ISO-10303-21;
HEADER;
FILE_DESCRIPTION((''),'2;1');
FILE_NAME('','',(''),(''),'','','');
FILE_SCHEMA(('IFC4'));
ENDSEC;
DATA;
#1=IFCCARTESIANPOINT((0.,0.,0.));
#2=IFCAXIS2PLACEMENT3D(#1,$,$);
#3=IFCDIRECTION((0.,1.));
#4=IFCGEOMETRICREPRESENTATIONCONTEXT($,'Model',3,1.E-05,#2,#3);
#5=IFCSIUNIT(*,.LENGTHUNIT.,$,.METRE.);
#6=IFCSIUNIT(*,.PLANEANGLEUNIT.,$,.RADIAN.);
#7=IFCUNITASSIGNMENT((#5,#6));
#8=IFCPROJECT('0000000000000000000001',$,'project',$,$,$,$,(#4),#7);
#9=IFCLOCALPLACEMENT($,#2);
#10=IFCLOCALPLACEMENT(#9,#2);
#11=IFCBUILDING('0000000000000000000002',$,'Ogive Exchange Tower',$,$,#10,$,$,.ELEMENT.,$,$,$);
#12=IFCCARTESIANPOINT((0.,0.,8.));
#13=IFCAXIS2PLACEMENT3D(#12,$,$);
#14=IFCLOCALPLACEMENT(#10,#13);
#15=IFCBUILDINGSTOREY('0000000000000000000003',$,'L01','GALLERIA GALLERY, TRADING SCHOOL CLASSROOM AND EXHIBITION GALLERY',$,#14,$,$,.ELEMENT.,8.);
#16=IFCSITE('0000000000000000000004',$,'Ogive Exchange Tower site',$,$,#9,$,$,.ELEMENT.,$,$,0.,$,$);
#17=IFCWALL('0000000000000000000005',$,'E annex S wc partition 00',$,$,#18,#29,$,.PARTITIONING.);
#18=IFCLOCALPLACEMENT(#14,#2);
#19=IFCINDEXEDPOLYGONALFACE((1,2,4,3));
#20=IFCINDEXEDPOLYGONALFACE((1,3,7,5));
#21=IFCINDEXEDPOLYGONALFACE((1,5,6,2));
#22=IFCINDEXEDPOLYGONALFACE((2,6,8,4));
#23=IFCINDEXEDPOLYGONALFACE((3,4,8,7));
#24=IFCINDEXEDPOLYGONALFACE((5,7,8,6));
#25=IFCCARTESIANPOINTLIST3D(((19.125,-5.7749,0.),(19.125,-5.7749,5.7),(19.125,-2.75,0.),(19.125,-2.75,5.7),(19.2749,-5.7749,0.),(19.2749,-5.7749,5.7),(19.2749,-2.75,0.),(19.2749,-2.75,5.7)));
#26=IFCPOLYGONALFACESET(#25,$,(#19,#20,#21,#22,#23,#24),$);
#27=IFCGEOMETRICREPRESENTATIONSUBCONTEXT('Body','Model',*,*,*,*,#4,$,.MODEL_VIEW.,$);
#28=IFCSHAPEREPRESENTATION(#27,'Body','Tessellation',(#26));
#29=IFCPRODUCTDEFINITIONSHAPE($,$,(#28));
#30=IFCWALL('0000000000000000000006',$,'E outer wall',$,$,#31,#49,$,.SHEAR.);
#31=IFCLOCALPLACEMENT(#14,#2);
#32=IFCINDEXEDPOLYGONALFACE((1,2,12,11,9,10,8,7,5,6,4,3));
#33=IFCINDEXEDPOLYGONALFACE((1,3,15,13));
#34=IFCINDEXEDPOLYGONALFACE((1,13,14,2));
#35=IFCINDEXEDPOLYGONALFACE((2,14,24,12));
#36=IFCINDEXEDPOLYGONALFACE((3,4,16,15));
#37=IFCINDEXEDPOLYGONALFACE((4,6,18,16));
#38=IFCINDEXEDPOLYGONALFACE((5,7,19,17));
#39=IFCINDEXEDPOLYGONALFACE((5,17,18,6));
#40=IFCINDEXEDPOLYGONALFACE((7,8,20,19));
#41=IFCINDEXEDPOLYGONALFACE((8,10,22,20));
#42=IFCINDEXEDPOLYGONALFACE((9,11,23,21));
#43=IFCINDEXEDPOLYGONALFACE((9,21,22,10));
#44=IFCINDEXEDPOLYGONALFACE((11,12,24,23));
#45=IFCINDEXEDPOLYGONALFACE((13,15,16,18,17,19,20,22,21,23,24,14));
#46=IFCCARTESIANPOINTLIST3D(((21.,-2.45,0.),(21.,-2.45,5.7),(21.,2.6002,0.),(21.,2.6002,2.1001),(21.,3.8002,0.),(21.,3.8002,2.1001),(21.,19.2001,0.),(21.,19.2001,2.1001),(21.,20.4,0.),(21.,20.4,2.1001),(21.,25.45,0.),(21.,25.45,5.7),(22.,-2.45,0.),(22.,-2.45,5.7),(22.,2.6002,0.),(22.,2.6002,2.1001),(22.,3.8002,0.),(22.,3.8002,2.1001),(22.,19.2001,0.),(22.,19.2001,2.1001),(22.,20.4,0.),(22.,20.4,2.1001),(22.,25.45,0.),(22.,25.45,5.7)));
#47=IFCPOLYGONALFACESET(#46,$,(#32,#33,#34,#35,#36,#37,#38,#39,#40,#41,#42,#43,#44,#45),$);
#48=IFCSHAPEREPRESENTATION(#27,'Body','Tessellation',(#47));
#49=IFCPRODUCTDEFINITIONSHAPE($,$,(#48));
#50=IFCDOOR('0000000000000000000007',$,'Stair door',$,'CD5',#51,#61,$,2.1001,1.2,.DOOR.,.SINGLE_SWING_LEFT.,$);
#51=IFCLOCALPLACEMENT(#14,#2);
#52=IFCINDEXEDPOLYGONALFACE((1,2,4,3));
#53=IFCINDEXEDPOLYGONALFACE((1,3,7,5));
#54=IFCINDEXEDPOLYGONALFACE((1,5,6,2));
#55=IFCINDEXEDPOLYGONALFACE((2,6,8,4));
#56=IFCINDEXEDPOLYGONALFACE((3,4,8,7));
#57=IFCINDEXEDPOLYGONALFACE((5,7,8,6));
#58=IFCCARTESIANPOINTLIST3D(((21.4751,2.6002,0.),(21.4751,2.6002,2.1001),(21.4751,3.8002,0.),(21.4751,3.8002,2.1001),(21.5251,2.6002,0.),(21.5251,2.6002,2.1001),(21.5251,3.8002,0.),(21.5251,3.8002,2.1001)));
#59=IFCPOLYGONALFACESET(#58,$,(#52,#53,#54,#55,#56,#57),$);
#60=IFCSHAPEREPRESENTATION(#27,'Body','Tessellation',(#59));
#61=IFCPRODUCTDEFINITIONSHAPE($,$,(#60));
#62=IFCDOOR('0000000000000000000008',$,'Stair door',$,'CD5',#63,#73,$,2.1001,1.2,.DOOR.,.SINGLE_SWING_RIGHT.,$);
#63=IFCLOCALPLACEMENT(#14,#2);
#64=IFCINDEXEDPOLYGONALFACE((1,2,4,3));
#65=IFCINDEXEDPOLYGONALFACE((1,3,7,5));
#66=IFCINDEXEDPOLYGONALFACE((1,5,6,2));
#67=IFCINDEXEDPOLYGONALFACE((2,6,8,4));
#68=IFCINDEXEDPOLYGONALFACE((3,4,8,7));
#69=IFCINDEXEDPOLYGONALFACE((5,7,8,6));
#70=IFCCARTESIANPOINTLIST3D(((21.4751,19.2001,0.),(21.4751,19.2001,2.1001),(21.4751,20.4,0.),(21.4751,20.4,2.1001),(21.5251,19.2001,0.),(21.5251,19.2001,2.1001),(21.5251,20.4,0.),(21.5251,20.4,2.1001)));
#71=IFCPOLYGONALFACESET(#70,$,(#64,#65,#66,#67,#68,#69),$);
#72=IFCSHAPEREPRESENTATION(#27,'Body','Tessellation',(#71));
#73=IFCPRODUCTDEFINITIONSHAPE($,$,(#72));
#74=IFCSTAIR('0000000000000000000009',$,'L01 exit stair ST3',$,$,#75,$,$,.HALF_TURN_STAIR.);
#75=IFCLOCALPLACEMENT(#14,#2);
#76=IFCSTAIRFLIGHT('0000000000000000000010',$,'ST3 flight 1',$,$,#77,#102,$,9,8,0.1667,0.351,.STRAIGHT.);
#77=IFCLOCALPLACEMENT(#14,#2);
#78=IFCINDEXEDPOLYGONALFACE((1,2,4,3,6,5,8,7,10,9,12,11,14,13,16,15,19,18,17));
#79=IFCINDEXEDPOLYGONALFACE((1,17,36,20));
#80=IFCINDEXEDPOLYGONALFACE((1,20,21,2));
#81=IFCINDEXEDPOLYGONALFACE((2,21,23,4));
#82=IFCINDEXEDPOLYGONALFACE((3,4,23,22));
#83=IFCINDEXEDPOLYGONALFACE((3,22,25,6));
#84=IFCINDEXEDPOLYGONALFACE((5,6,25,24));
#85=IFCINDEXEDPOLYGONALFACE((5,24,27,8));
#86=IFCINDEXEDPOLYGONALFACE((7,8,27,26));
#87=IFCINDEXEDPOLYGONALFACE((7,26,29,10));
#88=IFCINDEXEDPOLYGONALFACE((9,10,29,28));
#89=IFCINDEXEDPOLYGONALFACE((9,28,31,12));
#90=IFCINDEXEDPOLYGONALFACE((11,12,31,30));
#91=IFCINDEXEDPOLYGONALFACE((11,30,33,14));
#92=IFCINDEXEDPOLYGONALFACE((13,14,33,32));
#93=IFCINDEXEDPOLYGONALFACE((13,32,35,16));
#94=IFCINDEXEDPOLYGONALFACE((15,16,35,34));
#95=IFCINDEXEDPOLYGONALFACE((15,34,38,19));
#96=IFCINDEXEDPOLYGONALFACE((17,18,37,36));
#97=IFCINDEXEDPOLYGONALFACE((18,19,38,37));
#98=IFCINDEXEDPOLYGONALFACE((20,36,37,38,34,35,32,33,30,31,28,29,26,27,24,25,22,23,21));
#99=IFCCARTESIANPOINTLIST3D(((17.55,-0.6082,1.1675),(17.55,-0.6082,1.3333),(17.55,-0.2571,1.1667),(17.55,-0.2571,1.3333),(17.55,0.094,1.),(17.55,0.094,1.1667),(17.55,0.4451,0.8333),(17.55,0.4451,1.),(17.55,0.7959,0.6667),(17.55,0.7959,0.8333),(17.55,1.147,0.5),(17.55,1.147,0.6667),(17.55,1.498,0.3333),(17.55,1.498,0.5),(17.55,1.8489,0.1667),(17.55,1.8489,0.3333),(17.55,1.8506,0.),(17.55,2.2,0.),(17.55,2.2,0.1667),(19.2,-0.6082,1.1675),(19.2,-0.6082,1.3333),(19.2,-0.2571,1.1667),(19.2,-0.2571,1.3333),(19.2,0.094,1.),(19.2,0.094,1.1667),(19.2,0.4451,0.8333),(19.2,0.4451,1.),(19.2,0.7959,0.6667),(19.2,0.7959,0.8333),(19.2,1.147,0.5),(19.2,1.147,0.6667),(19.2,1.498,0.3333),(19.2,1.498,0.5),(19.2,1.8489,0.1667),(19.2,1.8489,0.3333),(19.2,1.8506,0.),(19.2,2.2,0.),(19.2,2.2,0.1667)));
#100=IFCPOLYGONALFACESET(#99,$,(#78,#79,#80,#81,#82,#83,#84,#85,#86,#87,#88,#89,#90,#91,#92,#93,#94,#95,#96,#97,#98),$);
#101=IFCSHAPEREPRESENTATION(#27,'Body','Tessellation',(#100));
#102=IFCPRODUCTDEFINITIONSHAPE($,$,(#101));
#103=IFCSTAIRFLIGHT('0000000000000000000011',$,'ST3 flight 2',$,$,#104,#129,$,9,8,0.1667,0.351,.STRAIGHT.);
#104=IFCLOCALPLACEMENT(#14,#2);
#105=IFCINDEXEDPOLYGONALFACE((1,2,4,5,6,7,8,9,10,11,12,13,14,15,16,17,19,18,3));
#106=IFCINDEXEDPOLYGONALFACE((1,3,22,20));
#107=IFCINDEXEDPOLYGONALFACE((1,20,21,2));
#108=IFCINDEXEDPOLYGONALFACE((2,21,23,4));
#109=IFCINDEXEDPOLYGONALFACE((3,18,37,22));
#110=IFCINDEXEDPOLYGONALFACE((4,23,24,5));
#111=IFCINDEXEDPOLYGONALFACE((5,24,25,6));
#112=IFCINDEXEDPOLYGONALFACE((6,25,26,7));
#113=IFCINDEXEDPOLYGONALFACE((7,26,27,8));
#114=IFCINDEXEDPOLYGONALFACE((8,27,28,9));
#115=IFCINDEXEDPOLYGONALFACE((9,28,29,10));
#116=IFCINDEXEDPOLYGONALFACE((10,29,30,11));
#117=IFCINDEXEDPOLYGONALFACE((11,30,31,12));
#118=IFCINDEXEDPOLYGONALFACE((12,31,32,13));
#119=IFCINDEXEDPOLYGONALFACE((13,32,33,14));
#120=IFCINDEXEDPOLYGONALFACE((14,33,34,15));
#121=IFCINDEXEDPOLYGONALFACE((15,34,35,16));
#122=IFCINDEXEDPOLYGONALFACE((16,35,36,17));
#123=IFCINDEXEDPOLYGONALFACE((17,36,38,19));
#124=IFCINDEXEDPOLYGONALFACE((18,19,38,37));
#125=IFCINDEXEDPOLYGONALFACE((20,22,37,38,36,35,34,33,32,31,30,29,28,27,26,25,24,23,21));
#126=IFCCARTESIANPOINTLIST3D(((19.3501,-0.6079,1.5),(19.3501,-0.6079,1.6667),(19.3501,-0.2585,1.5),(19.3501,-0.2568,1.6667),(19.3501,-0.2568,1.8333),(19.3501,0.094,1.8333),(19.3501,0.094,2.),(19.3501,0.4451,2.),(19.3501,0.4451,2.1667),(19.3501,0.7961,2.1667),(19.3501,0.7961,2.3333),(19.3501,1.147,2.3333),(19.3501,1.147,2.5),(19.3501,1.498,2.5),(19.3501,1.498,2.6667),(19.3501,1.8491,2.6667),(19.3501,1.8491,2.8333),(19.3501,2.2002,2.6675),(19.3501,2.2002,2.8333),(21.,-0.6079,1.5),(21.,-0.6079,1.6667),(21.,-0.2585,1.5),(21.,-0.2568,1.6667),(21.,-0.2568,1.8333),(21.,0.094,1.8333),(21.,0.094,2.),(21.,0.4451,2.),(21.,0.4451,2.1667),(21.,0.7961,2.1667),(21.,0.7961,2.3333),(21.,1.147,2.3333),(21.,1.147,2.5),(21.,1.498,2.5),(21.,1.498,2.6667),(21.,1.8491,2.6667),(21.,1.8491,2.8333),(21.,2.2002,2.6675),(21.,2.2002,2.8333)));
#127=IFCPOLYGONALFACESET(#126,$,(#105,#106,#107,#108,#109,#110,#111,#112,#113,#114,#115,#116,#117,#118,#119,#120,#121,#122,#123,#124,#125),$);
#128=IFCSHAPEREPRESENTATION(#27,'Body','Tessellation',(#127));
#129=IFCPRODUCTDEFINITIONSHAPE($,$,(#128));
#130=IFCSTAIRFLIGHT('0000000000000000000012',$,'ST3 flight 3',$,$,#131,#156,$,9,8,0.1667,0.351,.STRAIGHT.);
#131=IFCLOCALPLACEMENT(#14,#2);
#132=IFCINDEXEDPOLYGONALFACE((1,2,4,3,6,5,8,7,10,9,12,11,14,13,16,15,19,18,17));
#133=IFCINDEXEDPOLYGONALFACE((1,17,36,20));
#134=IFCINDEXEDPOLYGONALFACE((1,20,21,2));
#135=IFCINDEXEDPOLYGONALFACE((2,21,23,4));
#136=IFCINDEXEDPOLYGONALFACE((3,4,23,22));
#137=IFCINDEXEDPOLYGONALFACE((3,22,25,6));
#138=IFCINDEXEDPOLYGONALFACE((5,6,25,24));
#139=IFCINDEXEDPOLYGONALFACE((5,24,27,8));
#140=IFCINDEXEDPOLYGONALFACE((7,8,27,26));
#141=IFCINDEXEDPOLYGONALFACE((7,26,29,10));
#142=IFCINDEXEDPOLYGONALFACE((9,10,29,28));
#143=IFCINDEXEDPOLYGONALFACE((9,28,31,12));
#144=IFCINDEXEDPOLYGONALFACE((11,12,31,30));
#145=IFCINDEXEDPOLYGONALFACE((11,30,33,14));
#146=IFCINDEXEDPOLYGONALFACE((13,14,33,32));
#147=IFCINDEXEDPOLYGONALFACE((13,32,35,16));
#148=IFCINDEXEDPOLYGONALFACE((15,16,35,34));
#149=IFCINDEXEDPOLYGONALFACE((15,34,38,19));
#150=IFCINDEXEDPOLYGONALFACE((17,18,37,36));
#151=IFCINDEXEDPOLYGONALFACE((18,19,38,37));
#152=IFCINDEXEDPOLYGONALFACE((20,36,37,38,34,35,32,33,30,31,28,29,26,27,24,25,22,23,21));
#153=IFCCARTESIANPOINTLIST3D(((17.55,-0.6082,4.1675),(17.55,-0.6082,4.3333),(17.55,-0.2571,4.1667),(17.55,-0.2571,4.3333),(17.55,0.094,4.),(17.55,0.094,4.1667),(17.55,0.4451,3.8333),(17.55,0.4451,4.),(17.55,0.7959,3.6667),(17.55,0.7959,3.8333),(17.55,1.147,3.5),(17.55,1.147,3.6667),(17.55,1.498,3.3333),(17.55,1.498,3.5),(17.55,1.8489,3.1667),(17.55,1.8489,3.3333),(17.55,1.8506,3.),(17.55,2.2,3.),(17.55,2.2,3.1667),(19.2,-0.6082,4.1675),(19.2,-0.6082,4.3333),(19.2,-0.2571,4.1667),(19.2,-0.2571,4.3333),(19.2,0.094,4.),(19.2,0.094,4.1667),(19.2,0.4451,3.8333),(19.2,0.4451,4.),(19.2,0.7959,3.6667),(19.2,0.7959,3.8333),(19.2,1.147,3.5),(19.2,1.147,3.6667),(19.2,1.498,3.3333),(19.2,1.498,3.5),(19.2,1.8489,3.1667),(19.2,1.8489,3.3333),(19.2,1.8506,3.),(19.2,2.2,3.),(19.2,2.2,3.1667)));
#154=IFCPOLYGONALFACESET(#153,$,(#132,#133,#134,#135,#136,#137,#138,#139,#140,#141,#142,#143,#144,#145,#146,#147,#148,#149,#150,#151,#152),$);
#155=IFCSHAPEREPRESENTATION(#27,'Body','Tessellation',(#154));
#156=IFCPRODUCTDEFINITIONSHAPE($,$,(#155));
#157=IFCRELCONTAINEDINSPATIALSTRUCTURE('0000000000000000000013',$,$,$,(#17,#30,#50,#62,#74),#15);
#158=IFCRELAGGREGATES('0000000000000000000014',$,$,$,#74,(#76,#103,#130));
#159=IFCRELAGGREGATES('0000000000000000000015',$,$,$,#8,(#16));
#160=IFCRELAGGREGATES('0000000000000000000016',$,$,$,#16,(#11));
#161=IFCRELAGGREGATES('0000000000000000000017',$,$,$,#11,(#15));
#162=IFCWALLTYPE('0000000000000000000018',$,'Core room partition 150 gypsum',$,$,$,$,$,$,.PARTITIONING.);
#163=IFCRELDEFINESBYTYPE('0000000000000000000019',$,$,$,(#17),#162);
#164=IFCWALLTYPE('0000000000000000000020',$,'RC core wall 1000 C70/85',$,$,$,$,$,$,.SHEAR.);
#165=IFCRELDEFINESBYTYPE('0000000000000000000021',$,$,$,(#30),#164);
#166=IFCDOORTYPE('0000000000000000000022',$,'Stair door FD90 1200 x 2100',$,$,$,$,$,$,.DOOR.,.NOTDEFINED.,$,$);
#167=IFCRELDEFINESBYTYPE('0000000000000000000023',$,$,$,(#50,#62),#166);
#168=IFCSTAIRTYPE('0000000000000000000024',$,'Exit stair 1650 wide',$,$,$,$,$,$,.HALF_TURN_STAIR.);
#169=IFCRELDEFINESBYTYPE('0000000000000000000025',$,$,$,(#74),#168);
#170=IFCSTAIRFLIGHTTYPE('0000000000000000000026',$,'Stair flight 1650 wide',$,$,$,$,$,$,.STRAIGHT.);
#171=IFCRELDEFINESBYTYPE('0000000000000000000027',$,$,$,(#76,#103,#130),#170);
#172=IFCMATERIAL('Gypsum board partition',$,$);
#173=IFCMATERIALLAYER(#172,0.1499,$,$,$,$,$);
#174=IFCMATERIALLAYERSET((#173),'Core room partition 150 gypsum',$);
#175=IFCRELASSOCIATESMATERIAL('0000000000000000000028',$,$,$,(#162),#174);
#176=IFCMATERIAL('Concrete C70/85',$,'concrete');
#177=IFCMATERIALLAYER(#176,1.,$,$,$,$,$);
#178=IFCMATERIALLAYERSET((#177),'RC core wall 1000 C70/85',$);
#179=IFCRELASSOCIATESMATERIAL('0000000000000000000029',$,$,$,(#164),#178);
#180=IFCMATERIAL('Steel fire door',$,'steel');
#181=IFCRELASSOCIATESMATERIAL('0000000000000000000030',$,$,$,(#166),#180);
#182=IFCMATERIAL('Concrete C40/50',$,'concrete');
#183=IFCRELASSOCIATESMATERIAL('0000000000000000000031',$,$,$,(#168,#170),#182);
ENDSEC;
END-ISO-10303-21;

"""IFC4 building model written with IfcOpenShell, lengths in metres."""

from ifc_helpers import new_model, si_unit, direction, frame, frame_2d, origin, place, context, subcontext, project, spatial, polyline, rectangle, outline, extrude, material, layer, layer_set, type_object, element, fill, aggregate, save


model = new_model("IFC4")

# Units and contexts
model_context = context("Model", 3, precision=1e-05, world=origin(), true_north=direction((0.0, 1.0)))
body_context = subcontext(model_context, "Body", "Model", "MODEL_VIEW")
ifc_project = project(units=[si_unit("LENGTHUNIT", "METRE"), si_unit("PLANEANGLEUNIT", "RADIAN")], contexts=[model_context])

# Site, building, storey
site_placement = place(None, origin())
site = spatial("IfcSite", under=ifc_project, at=site_placement, Name="Ogive Exchange Tower site", CompositionType="ELEMENT", RefElevation=0.0)
building_placement = place(site_placement, origin())
building = spatial("IfcBuilding", under=site, at=building_placement, Name="Ogive Exchange Tower", CompositionType="ELEMENT")
storey_placement = place(building_placement, frame((0.0, 0.0, 8.0)))
storey = spatial("IfcBuildingStorey", under=building, at=storey_placement, Name="L01", Description="GALLERIA GALLERY, TRADING SCHOOL CLASSROOM AND EXHIBITION GALLERY", CompositionType="ELEMENT", Elevation=8.0)

# Wall
ifc_material_1 = material(Name="Gypsum board partition")
ifc_layer_1 = layer(ifc_material_1, 0.1499)
ifc_layer_set_1 = layer_set([ifc_layer_1], Name="Core room partition 150 gypsum")
wall_type_1 = type_object("IfcWallType", Name="Core room partition 150 gypsum", PredefinedType="PARTITIONING", material=ifc_layer_set_1)
wall_1_placement = place(storey_placement, frame((19.2, -5.7749, 0.0), z_axis=(0.0, 0.0, 1.0), x_axis=(0.0, 1.0, 0.0)))
element("IfcWall", 1, at=wall_1_placement, inside=storey, type_object=wall_type_1, Name="E annex S wc partition 00", PredefinedType="PARTITIONING", context=body_context, shape_type="SweptSolid", body=[
    extrude(rectangle(XDim=3.0249, YDim=0.1499, at=frame_2d((1.5125, 0.0))), origin(), (0.0, 0.0, 1.0), 5.7),
])

# Wall, openings, doors
ifc_material_2 = material(Name="Concrete C70/85", Category="concrete")
ifc_layer_2 = layer(ifc_material_2, 1.0)
ifc_layer_set_2 = layer_set([ifc_layer_2], Name="RC core wall 1000 C70/85")
wall_type_2 = type_object("IfcWallType", Name="RC core wall 1000 C70/85", PredefinedType="SHEAR", material=ifc_layer_set_2)
wall_2_placement = place(storey_placement, frame((21.5, -2.45, 0.0), z_axis=(0.0, 0.0, 1.0), x_axis=(0.0, 1.0, 0.0)))
wall_2 = element("IfcWall", 2, at=wall_2_placement, inside=storey, type_object=wall_type_2, Name="E outer wall", PredefinedType="SHEAR", context=body_context, shape_type="SweptSolid", body=[
    extrude(rectangle(XDim=27.8999, YDim=1.0, at=frame_2d((13.95, 0.0))), origin(), (0.0, 0.0, 1.0), 5.7),
])
opening_1_placement = place(wall_2_placement, frame((5.05, 0.0, 0.0)))
opening_1 = element("IfcOpeningElement", 3, at=opening_1_placement, cuts=wall_2, PredefinedType="OPENING", context=body_context, shape_type="SweptSolid", body=[
    extrude(rectangle(XDim=1.2, YDim=2.1001, at=frame_2d((0.6001, 1.05))), frame((0.0, 0.51, 0.0), z_axis=(0.0, -1.0, 0.0), x_axis=(1.0, 0.0, 0.0)), (0.0, 0.0, 1.0), 1.02),
])
opening_2_placement = place(wall_2_placement, frame((21.6499, 0.0, 0.0)))
opening_2 = element("IfcOpeningElement", 4, at=opening_2_placement, cuts=wall_2, PredefinedType="OPENING", context=body_context, shape_type="SweptSolid", body=[
    extrude(rectangle(XDim=1.2, YDim=2.1001, at=frame_2d((0.6001, 1.05))), frame((0.0, 0.51, 0.0), z_axis=(0.0, -1.0, 0.0), x_axis=(1.0, 0.0, 0.0)), (0.0, 0.0, 1.0), 1.02),
])
ifc_material_3 = material(Name="Steel fire door", Category="steel")
door_type = type_object("IfcDoorType", Name="Stair door FD90 1200 x 2100", OperationType="NOTDEFINED", PredefinedType="DOOR", material=ifc_material_3)
door_1_placement = place(opening_1_placement, origin())
door_1 = element("IfcDoor", 5, at=door_1_placement, inside=storey, type_object=door_type, Name="Stair door", ObjectType="CD5", OperationType="SINGLE_SWING_LEFT", OverallHeight=2.1001, OverallWidth=1.2, PredefinedType="DOOR", context=body_context, shape_type="SweptSolid", body=[
    extrude(rectangle(XDim=1.2, YDim=2.1001, at=frame_2d((0.6001, 1.05))), frame((0.0, 0.0249, 0.0), z_axis=(0.0, -1.0, 0.0), x_axis=(1.0, 0.0, 0.0)), (0.0, 0.0, 1.0), 0.05),
])
fill(opening_1, door_1)
door_2_placement = place(opening_2_placement, origin())
door_2 = element("IfcDoor", 6, at=door_2_placement, inside=storey, type_object=door_type, Name="Stair door", ObjectType="CD5", OperationType="SINGLE_SWING_RIGHT", OverallHeight=2.1001, OverallWidth=1.2, PredefinedType="DOOR", context=body_context, shape_type="SweptSolid", body=[
    extrude(rectangle(XDim=1.2, YDim=2.1001, at=frame_2d((0.6001, 1.05))), frame((0.0, 0.0249, 0.0), z_axis=(0.0, -1.0, 0.0), x_axis=(1.0, 0.0, 0.0)), (0.0, 0.0, 1.0), 0.05),
])
fill(opening_2, door_2)

# Stair, stair flights
ifc_material_4 = material(Name="Concrete C40/50", Category="concrete")
stair_type = type_object("IfcStairType", Name="Exit stair 1650 wide", PredefinedType="HALF_TURN_STAIR", material=ifc_material_4)
stair_placement = place(storey_placement, origin())
stair = element("IfcStair", 7, at=stair_placement, inside=storey, type_object=stair_type, Name="L01 exit stair ST3", PredefinedType="HALF_TURN_STAIR")
stair_flight_type = type_object("IfcStairFlightType", Name="Stair flight 1650 wide", PredefinedType="STRAIGHT", material=ifc_material_4)
stair_flight_1_placement = place(storey_placement, frame((18.375, 2.2, 0.0), z_axis=(0.0, 0.0, 1.0), x_axis=(0.0, -1.0, 0.0)))
stair_flight_1 = element("IfcStairFlight", 8, at=stair_flight_1_placement, type_object=stair_flight_type, Name="ST3 flight 1", NumberOfRisers=9, NumberOfTreads=8, PredefinedType="STRAIGHT", RiserHeight=0.1667, TreadLength=0.351, context=body_context, shape_type="SweptSolid", body=[
    extrude(outline(polyline([(0.0, 0.0), (0.0, 0.1667), (0.3511, 0.1667), (0.3511, 0.3333), (0.7019, 0.3333), (0.7019, 0.5), (1.053, 0.5), (1.053, 0.6667), (1.4041, 0.6667), (1.4041, 0.8333), (1.7549, 0.8333), (1.7549, 1.0), (2.106, 1.0), (2.106, 1.1667), (2.457, 1.1667), (2.457, 1.3333), (2.8081, 1.3333), (2.8081, 1.5), (2.8081, 1.1675), (0.3494, 0.0), (0.0, 0.0)])), frame((0.0, 0.825, 0.0), z_axis=(0.0, -1.0, 0.0), x_axis=(1.0, 0.0, 0.0)), (0.0, 0.0, 1.0), 1.6499),
])
stair_flight_2_placement = place(storey_placement, frame((20.175, -0.6079, 1.5), z_axis=(0.0, 0.0, 1.0), x_axis=(0.0, 1.0, 0.0)))
stair_flight_2 = element("IfcStairFlight", 9, at=stair_flight_2_placement, type_object=stair_flight_type, Name="ST3 flight 2", NumberOfRisers=9, NumberOfTreads=8, PredefinedType="STRAIGHT", RiserHeight=0.1667, TreadLength=0.351, context=body_context, shape_type="SweptSolid", body=[
    extrude(outline(polyline([(0.0, 0.0), (0.0, 0.1667), (0.3511, 0.1667), (0.3511, 0.3333), (0.7019, 0.3333), (0.7019, 0.5), (1.053, 0.5), (1.053, 0.6667), (1.4041, 0.6667), (1.4041, 0.8333), (1.7549, 0.8333), (1.7549, 1.0), (2.106, 1.0), (2.106, 1.1667), (2.457, 1.1667), (2.457, 1.3333), (2.8081, 1.3333), (2.8081, 1.5), (2.8081, 1.1675), (0.3494, 0.0), (0.0, 0.0)])), frame((0.0, 0.825, 0.0), z_axis=(0.0, -1.0, 0.0), x_axis=(1.0, 0.0, 0.0)), (0.0, 0.0, 1.0), 1.6499),
])
stair_flight_3_placement = place(storey_placement, frame((18.375, 2.2, 3.0), z_axis=(0.0, 0.0, 1.0), x_axis=(0.0, -1.0, 0.0)))
stair_flight_3 = element("IfcStairFlight", 10, at=stair_flight_3_placement, type_object=stair_flight_type, Name="ST3 flight 3", NumberOfRisers=9, NumberOfTreads=8, PredefinedType="STRAIGHT", RiserHeight=0.1667, TreadLength=0.351, context=body_context, shape_type="SweptSolid", body=[
    extrude(outline(polyline([(0.0, 0.0), (0.0, 0.1667), (0.3511, 0.1667), (0.3511, 0.3333), (0.7019, 0.3333), (0.7019, 0.5), (1.053, 0.5), (1.053, 0.6667), (1.4041, 0.6667), (1.4041, 0.8333), (1.7549, 0.8333), (1.7549, 1.0), (2.106, 1.0), (2.106, 1.1667), (2.457, 1.1667), (2.457, 1.3333), (2.8081, 1.3333), (2.8081, 1.5), (2.8081, 1.1675), (0.3494, 0.0), (0.0, 0.0)])), frame((0.0, 0.825, 0.0), z_axis=(0.0, -1.0, 0.0), x_axis=(1.0, 0.0, 0.0)), (0.0, 0.0, 1.0), 1.6499),
])
aggregate(stair, [stair_flight_1, stair_flight_2, stair_flight_3])

save(model, "model.ifc")
